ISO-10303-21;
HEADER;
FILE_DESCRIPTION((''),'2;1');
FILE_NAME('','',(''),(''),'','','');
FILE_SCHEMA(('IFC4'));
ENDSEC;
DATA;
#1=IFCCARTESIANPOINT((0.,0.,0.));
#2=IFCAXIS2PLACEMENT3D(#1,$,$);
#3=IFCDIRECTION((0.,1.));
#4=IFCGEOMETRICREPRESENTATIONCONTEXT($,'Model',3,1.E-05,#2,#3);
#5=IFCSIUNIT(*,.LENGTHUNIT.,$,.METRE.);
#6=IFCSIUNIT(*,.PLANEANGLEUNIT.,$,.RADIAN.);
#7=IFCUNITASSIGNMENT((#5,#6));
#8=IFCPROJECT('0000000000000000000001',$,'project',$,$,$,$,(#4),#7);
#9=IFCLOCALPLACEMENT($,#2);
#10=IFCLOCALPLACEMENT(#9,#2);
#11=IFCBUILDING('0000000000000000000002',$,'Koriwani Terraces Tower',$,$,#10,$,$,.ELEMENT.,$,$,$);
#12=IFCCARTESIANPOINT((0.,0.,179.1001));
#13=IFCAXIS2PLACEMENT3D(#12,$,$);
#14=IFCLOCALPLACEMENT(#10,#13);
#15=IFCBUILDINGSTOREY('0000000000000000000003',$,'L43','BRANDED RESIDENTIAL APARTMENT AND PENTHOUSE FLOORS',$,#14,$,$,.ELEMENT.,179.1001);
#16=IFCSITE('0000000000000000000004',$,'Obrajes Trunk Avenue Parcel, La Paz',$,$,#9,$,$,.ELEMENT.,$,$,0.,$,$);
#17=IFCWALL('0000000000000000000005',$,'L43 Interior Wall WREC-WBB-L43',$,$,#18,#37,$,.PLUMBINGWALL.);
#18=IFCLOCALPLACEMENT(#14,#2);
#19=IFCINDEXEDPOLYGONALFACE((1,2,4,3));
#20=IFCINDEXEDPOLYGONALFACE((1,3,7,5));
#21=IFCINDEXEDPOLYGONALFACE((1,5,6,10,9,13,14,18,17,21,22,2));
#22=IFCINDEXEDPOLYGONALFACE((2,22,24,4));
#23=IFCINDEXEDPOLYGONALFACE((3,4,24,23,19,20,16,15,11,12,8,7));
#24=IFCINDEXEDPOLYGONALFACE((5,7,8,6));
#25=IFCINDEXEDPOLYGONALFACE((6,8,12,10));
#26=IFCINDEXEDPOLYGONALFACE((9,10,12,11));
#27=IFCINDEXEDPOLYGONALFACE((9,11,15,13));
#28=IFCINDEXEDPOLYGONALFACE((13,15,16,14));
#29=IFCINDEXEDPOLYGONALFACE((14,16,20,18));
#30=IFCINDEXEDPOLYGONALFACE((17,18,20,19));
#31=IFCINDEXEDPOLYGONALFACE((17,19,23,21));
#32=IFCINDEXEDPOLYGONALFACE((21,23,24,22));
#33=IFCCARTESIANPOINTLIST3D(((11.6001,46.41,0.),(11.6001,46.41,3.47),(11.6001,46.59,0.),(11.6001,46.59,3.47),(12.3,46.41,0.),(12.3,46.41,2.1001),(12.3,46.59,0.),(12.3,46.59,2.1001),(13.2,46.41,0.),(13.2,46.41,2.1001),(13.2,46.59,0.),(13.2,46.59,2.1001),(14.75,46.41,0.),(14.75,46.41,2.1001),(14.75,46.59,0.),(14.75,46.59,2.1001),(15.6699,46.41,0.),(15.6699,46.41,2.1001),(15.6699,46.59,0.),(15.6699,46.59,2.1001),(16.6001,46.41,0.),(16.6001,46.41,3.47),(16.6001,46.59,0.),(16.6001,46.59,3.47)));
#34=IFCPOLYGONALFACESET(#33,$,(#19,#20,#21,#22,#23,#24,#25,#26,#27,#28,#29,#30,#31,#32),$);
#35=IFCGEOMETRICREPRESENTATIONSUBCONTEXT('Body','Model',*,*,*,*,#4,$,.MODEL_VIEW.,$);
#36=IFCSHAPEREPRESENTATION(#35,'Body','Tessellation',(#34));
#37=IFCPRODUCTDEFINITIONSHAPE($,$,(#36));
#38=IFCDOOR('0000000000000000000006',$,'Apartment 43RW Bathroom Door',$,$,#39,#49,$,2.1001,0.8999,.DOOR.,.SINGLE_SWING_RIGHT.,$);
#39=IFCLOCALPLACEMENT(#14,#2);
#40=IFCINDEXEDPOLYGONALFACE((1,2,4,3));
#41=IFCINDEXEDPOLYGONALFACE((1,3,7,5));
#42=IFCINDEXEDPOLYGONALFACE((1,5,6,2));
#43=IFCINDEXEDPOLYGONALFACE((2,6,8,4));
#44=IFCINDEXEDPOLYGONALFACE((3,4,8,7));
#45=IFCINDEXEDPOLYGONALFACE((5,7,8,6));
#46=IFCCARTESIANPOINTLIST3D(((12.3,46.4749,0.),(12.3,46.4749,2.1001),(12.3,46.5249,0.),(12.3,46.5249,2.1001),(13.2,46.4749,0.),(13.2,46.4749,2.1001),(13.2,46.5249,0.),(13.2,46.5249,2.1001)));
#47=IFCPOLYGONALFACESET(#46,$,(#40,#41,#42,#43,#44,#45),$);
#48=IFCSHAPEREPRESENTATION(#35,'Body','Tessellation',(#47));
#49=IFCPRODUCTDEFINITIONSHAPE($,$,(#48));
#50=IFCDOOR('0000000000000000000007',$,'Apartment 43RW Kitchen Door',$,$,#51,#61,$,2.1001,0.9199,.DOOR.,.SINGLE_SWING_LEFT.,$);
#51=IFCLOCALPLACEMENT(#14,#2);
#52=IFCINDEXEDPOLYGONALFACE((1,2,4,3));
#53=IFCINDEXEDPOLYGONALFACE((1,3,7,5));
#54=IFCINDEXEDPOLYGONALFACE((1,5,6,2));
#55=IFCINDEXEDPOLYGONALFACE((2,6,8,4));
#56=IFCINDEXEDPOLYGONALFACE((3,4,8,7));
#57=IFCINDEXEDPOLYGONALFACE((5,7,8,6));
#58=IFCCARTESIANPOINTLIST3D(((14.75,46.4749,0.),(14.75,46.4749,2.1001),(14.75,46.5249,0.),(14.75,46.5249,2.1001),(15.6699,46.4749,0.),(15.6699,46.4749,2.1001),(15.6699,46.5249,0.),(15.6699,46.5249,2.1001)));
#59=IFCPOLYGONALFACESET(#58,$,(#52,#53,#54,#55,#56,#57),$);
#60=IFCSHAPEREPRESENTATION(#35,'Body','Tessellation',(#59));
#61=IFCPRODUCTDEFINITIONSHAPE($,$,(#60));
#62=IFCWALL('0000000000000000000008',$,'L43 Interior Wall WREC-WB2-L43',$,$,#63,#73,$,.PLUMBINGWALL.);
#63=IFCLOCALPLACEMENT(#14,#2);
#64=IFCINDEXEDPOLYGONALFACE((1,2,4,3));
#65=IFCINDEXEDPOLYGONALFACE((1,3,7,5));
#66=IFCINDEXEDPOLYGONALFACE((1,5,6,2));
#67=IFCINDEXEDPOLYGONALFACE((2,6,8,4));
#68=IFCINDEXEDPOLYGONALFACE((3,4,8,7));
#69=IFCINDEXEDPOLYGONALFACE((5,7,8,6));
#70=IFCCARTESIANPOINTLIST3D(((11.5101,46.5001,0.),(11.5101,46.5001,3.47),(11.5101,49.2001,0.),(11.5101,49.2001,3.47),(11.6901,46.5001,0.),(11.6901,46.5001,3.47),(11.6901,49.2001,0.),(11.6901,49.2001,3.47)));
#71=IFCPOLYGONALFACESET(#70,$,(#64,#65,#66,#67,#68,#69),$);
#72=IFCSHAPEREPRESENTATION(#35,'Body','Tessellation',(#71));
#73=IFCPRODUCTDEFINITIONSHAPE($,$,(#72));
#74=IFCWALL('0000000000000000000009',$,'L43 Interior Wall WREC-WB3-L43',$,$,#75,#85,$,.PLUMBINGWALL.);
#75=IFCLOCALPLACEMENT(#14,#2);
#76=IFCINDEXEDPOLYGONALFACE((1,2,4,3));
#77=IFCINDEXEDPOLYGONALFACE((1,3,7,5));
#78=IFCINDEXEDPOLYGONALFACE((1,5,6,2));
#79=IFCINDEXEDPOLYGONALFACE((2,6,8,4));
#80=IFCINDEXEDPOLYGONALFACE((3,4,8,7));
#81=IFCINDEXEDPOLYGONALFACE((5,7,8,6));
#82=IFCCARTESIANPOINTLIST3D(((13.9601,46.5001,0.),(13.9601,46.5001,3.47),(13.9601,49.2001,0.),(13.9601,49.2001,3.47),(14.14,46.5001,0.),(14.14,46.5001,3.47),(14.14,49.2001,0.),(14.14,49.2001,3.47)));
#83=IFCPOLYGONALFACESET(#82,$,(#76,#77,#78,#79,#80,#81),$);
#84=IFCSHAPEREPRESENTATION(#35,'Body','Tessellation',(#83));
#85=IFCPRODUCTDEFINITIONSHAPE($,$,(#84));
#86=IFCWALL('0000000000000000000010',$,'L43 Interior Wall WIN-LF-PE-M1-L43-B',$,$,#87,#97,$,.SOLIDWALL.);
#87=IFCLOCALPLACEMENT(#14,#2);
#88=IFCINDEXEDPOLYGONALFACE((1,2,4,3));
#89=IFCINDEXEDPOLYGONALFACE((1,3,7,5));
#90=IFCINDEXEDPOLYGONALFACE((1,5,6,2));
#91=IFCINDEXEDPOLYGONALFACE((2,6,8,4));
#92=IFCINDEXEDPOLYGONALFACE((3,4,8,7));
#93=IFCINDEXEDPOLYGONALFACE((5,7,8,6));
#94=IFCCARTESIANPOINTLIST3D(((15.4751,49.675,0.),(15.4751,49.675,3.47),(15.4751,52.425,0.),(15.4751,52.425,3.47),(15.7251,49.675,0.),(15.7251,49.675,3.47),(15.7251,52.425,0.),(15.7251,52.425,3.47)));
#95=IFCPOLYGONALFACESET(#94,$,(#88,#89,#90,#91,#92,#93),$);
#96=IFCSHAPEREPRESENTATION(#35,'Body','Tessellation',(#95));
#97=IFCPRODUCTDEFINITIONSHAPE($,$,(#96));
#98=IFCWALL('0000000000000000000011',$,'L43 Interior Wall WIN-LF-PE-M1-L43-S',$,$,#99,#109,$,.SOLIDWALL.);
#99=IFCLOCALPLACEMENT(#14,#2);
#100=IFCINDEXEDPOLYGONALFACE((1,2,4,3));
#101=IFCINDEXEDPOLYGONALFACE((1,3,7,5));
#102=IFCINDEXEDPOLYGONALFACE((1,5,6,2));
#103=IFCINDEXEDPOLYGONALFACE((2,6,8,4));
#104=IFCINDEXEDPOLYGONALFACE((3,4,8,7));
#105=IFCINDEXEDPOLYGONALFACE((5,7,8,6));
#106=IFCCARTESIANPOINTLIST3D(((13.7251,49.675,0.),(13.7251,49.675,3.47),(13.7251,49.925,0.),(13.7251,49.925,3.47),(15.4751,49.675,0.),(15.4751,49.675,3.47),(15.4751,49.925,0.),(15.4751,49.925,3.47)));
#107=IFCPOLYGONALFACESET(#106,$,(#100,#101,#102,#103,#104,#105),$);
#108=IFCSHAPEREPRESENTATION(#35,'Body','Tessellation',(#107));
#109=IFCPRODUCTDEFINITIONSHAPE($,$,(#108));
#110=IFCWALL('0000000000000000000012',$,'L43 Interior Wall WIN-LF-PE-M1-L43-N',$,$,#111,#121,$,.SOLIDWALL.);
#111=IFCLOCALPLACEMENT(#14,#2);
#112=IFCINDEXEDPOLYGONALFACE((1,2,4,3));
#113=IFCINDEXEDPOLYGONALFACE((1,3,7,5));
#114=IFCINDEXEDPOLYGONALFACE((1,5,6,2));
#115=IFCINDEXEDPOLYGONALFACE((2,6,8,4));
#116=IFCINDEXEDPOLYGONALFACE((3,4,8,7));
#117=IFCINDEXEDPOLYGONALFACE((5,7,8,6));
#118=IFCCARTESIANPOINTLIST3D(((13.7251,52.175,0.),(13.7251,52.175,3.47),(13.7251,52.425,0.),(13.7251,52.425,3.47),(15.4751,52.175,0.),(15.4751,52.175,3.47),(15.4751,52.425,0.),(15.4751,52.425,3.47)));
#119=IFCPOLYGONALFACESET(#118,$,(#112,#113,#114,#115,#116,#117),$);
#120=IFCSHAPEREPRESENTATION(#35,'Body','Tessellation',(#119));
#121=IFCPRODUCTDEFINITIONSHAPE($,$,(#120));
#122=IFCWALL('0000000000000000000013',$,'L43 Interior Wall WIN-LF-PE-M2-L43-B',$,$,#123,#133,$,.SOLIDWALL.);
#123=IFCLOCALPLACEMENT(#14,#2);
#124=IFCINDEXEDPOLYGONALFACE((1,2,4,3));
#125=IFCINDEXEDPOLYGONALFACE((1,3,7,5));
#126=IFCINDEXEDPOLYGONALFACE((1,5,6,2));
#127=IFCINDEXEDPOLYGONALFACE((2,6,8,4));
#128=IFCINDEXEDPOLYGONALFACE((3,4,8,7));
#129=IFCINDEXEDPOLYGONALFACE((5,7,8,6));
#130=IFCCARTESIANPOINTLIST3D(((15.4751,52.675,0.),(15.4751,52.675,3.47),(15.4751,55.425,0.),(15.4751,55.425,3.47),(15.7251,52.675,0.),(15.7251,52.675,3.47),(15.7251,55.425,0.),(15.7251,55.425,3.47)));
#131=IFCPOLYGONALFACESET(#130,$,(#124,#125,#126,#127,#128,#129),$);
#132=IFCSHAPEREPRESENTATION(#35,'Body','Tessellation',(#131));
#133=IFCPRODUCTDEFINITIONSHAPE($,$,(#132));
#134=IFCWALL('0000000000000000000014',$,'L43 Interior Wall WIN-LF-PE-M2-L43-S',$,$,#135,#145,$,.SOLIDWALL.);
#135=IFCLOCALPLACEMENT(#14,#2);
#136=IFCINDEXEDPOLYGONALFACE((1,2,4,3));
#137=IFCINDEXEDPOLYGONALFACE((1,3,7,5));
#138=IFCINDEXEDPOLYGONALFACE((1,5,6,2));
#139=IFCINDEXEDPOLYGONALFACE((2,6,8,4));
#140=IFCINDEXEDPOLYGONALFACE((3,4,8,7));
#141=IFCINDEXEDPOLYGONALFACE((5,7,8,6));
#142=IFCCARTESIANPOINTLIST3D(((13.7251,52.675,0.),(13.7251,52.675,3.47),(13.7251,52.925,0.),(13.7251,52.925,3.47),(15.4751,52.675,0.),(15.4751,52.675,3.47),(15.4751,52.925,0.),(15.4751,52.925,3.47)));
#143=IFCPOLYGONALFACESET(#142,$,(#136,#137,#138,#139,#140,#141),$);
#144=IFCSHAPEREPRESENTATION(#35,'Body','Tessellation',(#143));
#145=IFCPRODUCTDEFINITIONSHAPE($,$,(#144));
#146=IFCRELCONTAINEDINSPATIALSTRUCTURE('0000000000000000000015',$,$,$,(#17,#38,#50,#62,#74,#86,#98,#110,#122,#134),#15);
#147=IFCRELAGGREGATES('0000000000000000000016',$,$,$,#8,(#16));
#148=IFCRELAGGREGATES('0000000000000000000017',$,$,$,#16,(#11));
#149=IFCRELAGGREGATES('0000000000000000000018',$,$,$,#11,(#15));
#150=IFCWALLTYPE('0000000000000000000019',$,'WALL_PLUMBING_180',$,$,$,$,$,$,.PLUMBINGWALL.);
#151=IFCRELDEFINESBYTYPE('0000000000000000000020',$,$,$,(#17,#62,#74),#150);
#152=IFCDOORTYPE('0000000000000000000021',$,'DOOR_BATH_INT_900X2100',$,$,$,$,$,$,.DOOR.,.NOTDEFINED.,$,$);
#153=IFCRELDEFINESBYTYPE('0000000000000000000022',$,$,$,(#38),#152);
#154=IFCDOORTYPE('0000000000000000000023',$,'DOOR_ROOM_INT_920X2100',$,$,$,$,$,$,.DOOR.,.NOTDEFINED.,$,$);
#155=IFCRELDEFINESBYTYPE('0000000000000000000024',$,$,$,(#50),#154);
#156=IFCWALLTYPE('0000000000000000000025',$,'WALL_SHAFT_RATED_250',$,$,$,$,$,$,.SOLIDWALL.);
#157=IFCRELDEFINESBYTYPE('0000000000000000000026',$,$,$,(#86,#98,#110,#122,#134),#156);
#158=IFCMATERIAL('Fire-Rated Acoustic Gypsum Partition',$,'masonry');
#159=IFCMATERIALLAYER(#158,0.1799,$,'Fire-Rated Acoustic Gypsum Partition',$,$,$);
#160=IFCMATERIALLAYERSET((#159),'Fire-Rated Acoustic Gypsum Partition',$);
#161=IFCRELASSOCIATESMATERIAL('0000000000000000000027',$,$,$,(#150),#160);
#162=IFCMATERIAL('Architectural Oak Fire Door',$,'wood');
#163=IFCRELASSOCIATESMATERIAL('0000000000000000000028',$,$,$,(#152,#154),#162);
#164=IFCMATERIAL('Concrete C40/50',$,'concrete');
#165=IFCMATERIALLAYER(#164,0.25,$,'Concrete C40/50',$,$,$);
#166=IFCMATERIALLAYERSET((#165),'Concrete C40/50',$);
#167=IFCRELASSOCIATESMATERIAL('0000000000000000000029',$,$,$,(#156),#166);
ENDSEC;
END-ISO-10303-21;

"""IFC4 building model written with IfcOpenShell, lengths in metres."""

from ifc_helpers import new_model, si_unit, direction, frame, frame_2d, origin, place, context, subcontext, project, spatial, rectangle, extrude, material, layer, layer_set, type_object, element, fill, save


model = new_model("IFC4")

# Units and contexts
model_context = context("Model", 3, precision=1e-05, world=origin(), true_north=direction((0.0, 1.0)))
body_context = subcontext(model_context, "Body", "Model", "MODEL_VIEW")
ifc_project = project(units=[si_unit("LENGTHUNIT", "METRE"), si_unit("PLANEANGLEUNIT", "RADIAN")], contexts=[model_context])

# Site, building, storey
site_placement = place(None, origin())
site = spatial("IfcSite", under=ifc_project, at=site_placement, Name="Obrajes Trunk Avenue Parcel, La Paz", CompositionType="ELEMENT", RefElevation=0.0)
building_placement = place(site_placement, origin())
building = spatial("IfcBuilding", under=site, at=building_placement, Name="Koriwani Terraces Tower", CompositionType="ELEMENT")
storey_placement = place(building_placement, frame((0.0, 0.0, 179.1001)))
storey = spatial("IfcBuildingStorey", under=building, at=storey_placement, Name="L43", Description="BRANDED RESIDENTIAL APARTMENT AND PENTHOUSE FLOORS", CompositionType="ELEMENT", Elevation=179.1001)

# Shared definitions
ifc_material_1 = material(Name="Concrete C40/50", Category="concrete")

# Wall, openings, doors
ifc_material_2 = material(Name="Fire-Rated Acoustic Gypsum Partition", Category="masonry")
ifc_layer_1 = layer(ifc_material_2, 0.1799, Name="Fire-Rated Acoustic Gypsum Partition")
ifc_layer_set_1 = layer_set([ifc_layer_1], Name="Fire-Rated Acoustic Gypsum Partition")
wall_type_1 = type_object("IfcWallType", Name="WALL_PLUMBING_180", PredefinedType="PLUMBINGWALL", material=ifc_layer_set_1)
wall_1_placement = place(storey_placement, frame((11.6001, 46.5, 0.0), z_axis=(0.0, 0.0, 1.0), x_axis=(1.0, 0.0, 0.0)))
wall_1 = element("IfcWall", 1, at=wall_1_placement, inside=storey, type_object=wall_type_1, Name="L43 Interior Wall WREC-WBB-L43", PredefinedType="PLUMBINGWALL", context=body_context, shape_type="SweptSolid", body=[
    extrude(rectangle(XDim=5.0, YDim=0.1799, at=frame_2d((2.5, 0.0))), origin(), (0.0, 0.0, 1.0), 3.47),
])
opening_1_placement = place(wall_1_placement, frame((0.7, 0.0, 0.0)))
opening_1 = element("IfcOpeningElement", 2, at=opening_1_placement, cuts=wall_1, PredefinedType="OPENING", context=body_context, shape_type="SweptSolid", body=[
    extrude(rectangle(XDim=0.8999, YDim=2.1001, at=frame_2d((0.45, 1.05))), frame((0.0, 0.1001, 0.0), z_axis=(0.0, -1.0, 0.0), x_axis=(1.0, 0.0, 0.0)), (0.0, 0.0, 1.0), 0.2),
])
opening_2_placement = place(wall_1_placement, frame((3.1499, 0.0, 0.0)))
opening_2 = element("IfcOpeningElement", 3, at=opening_2_placement, cuts=wall_1, PredefinedType="OPENING", context=body_context, shape_type="SweptSolid", body=[
    extrude(rectangle(XDim=0.9199, YDim=2.1001, at=frame_2d((0.46, 1.05))), frame((0.0, 0.1001, 0.0), z_axis=(0.0, -1.0, 0.0), x_axis=(1.0, 0.0, 0.0)), (0.0, 0.0, 1.0), 0.2),
])
ifc_material_3 = material(Name="Architectural Oak Fire Door", Category="wood")
door_type_1 = type_object("IfcDoorType", Name="DOOR_BATH_INT_900X2100", OperationType="NOTDEFINED", PredefinedType="DOOR", material=ifc_material_3)
door_1_placement = place(opening_1_placement, origin())
door_1 = element("IfcDoor", 4, at=door_1_placement, inside=storey, type_object=door_type_1, Name="Apartment 43RW Bathroom Door", OperationType="SINGLE_SWING_RIGHT", OverallHeight=2.1001, OverallWidth=0.8999, PredefinedType="DOOR", context=body_context, shape_type="SweptSolid", body=[
    extrude(rectangle(XDim=0.8999, YDim=2.1001, at=frame_2d((0.45, 1.05))), frame((0.0, 0.0249, 0.0), z_axis=(0.0, -1.0, 0.0), x_axis=(1.0, 0.0, 0.0)), (0.0, 0.0, 1.0), 0.05),
])
fill(opening_1, door_1)
door_type_2 = type_object("IfcDoorType", Name="DOOR_ROOM_INT_920X2100", OperationType="NOTDEFINED", PredefinedType="DOOR", material=ifc_material_3)
door_2_placement = place(opening_2_placement, origin())
door_2 = element("IfcDoor", 5, at=door_2_placement, inside=storey, type_object=door_type_2, Name="Apartment 43RW Kitchen Door", OperationType="SINGLE_SWING_LEFT", OverallHeight=2.1001, OverallWidth=0.9199, PredefinedType="DOOR", context=body_context, shape_type="SweptSolid", body=[
    extrude(rectangle(XDim=0.9199, YDim=2.1001, at=frame_2d((0.46, 1.05))), frame((0.0, 0.0249, 0.0), z_axis=(0.0, -1.0, 0.0), x_axis=(1.0, 0.0, 0.0)), (0.0, 0.0, 1.0), 0.05),
])
fill(opening_2, door_2)

# Walls
for number, where, z_axis, x_axis, name in (
    (6, (11.6001, 46.5, 0.0), (0.0, 0.0, 1.0), (0.0, 1.0, 0.0), "L43 Interior Wall WREC-WB2-L43"),
    (7, (14.05, 46.5, 0.0), (0.0, 0.0, 1.0), (0.0, 1.0, 0.0), "L43 Interior Wall WREC-WB3-L43"),
):
    element("IfcWall", number, at=place(storey_placement, frame(where, z_axis=z_axis, x_axis=x_axis)), inside=storey, type_object=wall_type_1, Name=name, PredefinedType="PLUMBINGWALL", context=body_context, shape_type="SweptSolid", body=[
        extrude(rectangle(XDim=2.7, YDim=0.1799, at=frame_2d((1.3501, 0.0))), origin(), (0.0, 0.0, 1.0), 3.47),
    ])

# Shared definitions
ifc_layer_2 = layer(ifc_material_1, 0.25, Name="Concrete C40/50")
ifc_layer_set_2 = layer_set([ifc_layer_2], Name="Concrete C40/50")
wall_type_2 = type_object("IfcWallType", Name="WALL_SHAFT_RATED_250", PredefinedType="SOLIDWALL", material=ifc_layer_set_2)

# Walls
wall_2_placement = place(storey_placement, frame((15.6001, 49.675, 0.0), z_axis=(0.0, 0.0, 1.0), x_axis=(0.0, 1.0, 0.0)))
element("IfcWall", 8, at=wall_2_placement, inside=storey, type_object=wall_type_2, Name="L43 Interior Wall WIN-LF-PE-M1-L43-B", PredefinedType="SOLIDWALL", context=body_context, shape_type="SweptSolid", body=[
    extrude(rectangle(XDim=2.75, YDim=0.25, at=frame_2d((1.375, 0.0))), origin(), (0.0, 0.0, 1.0), 3.47),
])
for number, where, z_axis, x_axis, name in (
    (9, (13.7251, 49.8, 0.0), (0.0, 0.0, 1.0), (1.0, 0.0, 0.0), "L43 Interior Wall WIN-LF-PE-M1-L43-S"),
    (10, (13.7251, 52.3, 0.0), (0.0, 0.0, 1.0), (1.0, 0.0, 0.0), "L43 Interior Wall WIN-LF-PE-M1-L43-N"),
):
    element("IfcWall", number, at=place(storey_placement, frame(where, z_axis=z_axis, x_axis=x_axis)), inside=storey, type_object=wall_type_2, Name=name, PredefinedType="SOLIDWALL", context=body_context, shape_type="SweptSolid", body=[
        extrude(rectangle(XDim=1.75, YDim=0.25, at=frame_2d((0.875, 0.0))), origin(), (0.0, 0.0, 1.0), 3.47),
    ])

# Walls
wall_3_placement = place(storey_placement, frame((15.6001, 52.675, 0.0), z_axis=(0.0, 0.0, 1.0), x_axis=(0.0, 1.0, 0.0)))
element("IfcWall", 11, at=wall_3_placement, inside=storey, type_object=wall_type_2, Name="L43 Interior Wall WIN-LF-PE-M2-L43-B", PredefinedType="SOLIDWALL", context=body_context, shape_type="SweptSolid", body=[
    extrude(rectangle(XDim=2.75, YDim=0.25, at=frame_2d((1.375, 0.0))), origin(), (0.0, 0.0, 1.0), 3.47),
])
wall_4_placement = place(storey_placement, frame((13.7251, 52.8, 0.0), z_axis=(0.0, 0.0, 1.0), x_axis=(1.0, 0.0, 0.0)))
element("IfcWall", 12, at=wall_4_placement, inside=storey, type_object=wall_type_2, Name="L43 Interior Wall WIN-LF-PE-M2-L43-S", PredefinedType="SOLIDWALL", context=body_context, shape_type="SweptSolid", body=[
    extrude(rectangle(XDim=1.75, YDim=0.25, at=frame_2d((0.875, 0.0))), origin(), (0.0, 0.0, 1.0), 3.47),
])

save(model, "model.ifc")
